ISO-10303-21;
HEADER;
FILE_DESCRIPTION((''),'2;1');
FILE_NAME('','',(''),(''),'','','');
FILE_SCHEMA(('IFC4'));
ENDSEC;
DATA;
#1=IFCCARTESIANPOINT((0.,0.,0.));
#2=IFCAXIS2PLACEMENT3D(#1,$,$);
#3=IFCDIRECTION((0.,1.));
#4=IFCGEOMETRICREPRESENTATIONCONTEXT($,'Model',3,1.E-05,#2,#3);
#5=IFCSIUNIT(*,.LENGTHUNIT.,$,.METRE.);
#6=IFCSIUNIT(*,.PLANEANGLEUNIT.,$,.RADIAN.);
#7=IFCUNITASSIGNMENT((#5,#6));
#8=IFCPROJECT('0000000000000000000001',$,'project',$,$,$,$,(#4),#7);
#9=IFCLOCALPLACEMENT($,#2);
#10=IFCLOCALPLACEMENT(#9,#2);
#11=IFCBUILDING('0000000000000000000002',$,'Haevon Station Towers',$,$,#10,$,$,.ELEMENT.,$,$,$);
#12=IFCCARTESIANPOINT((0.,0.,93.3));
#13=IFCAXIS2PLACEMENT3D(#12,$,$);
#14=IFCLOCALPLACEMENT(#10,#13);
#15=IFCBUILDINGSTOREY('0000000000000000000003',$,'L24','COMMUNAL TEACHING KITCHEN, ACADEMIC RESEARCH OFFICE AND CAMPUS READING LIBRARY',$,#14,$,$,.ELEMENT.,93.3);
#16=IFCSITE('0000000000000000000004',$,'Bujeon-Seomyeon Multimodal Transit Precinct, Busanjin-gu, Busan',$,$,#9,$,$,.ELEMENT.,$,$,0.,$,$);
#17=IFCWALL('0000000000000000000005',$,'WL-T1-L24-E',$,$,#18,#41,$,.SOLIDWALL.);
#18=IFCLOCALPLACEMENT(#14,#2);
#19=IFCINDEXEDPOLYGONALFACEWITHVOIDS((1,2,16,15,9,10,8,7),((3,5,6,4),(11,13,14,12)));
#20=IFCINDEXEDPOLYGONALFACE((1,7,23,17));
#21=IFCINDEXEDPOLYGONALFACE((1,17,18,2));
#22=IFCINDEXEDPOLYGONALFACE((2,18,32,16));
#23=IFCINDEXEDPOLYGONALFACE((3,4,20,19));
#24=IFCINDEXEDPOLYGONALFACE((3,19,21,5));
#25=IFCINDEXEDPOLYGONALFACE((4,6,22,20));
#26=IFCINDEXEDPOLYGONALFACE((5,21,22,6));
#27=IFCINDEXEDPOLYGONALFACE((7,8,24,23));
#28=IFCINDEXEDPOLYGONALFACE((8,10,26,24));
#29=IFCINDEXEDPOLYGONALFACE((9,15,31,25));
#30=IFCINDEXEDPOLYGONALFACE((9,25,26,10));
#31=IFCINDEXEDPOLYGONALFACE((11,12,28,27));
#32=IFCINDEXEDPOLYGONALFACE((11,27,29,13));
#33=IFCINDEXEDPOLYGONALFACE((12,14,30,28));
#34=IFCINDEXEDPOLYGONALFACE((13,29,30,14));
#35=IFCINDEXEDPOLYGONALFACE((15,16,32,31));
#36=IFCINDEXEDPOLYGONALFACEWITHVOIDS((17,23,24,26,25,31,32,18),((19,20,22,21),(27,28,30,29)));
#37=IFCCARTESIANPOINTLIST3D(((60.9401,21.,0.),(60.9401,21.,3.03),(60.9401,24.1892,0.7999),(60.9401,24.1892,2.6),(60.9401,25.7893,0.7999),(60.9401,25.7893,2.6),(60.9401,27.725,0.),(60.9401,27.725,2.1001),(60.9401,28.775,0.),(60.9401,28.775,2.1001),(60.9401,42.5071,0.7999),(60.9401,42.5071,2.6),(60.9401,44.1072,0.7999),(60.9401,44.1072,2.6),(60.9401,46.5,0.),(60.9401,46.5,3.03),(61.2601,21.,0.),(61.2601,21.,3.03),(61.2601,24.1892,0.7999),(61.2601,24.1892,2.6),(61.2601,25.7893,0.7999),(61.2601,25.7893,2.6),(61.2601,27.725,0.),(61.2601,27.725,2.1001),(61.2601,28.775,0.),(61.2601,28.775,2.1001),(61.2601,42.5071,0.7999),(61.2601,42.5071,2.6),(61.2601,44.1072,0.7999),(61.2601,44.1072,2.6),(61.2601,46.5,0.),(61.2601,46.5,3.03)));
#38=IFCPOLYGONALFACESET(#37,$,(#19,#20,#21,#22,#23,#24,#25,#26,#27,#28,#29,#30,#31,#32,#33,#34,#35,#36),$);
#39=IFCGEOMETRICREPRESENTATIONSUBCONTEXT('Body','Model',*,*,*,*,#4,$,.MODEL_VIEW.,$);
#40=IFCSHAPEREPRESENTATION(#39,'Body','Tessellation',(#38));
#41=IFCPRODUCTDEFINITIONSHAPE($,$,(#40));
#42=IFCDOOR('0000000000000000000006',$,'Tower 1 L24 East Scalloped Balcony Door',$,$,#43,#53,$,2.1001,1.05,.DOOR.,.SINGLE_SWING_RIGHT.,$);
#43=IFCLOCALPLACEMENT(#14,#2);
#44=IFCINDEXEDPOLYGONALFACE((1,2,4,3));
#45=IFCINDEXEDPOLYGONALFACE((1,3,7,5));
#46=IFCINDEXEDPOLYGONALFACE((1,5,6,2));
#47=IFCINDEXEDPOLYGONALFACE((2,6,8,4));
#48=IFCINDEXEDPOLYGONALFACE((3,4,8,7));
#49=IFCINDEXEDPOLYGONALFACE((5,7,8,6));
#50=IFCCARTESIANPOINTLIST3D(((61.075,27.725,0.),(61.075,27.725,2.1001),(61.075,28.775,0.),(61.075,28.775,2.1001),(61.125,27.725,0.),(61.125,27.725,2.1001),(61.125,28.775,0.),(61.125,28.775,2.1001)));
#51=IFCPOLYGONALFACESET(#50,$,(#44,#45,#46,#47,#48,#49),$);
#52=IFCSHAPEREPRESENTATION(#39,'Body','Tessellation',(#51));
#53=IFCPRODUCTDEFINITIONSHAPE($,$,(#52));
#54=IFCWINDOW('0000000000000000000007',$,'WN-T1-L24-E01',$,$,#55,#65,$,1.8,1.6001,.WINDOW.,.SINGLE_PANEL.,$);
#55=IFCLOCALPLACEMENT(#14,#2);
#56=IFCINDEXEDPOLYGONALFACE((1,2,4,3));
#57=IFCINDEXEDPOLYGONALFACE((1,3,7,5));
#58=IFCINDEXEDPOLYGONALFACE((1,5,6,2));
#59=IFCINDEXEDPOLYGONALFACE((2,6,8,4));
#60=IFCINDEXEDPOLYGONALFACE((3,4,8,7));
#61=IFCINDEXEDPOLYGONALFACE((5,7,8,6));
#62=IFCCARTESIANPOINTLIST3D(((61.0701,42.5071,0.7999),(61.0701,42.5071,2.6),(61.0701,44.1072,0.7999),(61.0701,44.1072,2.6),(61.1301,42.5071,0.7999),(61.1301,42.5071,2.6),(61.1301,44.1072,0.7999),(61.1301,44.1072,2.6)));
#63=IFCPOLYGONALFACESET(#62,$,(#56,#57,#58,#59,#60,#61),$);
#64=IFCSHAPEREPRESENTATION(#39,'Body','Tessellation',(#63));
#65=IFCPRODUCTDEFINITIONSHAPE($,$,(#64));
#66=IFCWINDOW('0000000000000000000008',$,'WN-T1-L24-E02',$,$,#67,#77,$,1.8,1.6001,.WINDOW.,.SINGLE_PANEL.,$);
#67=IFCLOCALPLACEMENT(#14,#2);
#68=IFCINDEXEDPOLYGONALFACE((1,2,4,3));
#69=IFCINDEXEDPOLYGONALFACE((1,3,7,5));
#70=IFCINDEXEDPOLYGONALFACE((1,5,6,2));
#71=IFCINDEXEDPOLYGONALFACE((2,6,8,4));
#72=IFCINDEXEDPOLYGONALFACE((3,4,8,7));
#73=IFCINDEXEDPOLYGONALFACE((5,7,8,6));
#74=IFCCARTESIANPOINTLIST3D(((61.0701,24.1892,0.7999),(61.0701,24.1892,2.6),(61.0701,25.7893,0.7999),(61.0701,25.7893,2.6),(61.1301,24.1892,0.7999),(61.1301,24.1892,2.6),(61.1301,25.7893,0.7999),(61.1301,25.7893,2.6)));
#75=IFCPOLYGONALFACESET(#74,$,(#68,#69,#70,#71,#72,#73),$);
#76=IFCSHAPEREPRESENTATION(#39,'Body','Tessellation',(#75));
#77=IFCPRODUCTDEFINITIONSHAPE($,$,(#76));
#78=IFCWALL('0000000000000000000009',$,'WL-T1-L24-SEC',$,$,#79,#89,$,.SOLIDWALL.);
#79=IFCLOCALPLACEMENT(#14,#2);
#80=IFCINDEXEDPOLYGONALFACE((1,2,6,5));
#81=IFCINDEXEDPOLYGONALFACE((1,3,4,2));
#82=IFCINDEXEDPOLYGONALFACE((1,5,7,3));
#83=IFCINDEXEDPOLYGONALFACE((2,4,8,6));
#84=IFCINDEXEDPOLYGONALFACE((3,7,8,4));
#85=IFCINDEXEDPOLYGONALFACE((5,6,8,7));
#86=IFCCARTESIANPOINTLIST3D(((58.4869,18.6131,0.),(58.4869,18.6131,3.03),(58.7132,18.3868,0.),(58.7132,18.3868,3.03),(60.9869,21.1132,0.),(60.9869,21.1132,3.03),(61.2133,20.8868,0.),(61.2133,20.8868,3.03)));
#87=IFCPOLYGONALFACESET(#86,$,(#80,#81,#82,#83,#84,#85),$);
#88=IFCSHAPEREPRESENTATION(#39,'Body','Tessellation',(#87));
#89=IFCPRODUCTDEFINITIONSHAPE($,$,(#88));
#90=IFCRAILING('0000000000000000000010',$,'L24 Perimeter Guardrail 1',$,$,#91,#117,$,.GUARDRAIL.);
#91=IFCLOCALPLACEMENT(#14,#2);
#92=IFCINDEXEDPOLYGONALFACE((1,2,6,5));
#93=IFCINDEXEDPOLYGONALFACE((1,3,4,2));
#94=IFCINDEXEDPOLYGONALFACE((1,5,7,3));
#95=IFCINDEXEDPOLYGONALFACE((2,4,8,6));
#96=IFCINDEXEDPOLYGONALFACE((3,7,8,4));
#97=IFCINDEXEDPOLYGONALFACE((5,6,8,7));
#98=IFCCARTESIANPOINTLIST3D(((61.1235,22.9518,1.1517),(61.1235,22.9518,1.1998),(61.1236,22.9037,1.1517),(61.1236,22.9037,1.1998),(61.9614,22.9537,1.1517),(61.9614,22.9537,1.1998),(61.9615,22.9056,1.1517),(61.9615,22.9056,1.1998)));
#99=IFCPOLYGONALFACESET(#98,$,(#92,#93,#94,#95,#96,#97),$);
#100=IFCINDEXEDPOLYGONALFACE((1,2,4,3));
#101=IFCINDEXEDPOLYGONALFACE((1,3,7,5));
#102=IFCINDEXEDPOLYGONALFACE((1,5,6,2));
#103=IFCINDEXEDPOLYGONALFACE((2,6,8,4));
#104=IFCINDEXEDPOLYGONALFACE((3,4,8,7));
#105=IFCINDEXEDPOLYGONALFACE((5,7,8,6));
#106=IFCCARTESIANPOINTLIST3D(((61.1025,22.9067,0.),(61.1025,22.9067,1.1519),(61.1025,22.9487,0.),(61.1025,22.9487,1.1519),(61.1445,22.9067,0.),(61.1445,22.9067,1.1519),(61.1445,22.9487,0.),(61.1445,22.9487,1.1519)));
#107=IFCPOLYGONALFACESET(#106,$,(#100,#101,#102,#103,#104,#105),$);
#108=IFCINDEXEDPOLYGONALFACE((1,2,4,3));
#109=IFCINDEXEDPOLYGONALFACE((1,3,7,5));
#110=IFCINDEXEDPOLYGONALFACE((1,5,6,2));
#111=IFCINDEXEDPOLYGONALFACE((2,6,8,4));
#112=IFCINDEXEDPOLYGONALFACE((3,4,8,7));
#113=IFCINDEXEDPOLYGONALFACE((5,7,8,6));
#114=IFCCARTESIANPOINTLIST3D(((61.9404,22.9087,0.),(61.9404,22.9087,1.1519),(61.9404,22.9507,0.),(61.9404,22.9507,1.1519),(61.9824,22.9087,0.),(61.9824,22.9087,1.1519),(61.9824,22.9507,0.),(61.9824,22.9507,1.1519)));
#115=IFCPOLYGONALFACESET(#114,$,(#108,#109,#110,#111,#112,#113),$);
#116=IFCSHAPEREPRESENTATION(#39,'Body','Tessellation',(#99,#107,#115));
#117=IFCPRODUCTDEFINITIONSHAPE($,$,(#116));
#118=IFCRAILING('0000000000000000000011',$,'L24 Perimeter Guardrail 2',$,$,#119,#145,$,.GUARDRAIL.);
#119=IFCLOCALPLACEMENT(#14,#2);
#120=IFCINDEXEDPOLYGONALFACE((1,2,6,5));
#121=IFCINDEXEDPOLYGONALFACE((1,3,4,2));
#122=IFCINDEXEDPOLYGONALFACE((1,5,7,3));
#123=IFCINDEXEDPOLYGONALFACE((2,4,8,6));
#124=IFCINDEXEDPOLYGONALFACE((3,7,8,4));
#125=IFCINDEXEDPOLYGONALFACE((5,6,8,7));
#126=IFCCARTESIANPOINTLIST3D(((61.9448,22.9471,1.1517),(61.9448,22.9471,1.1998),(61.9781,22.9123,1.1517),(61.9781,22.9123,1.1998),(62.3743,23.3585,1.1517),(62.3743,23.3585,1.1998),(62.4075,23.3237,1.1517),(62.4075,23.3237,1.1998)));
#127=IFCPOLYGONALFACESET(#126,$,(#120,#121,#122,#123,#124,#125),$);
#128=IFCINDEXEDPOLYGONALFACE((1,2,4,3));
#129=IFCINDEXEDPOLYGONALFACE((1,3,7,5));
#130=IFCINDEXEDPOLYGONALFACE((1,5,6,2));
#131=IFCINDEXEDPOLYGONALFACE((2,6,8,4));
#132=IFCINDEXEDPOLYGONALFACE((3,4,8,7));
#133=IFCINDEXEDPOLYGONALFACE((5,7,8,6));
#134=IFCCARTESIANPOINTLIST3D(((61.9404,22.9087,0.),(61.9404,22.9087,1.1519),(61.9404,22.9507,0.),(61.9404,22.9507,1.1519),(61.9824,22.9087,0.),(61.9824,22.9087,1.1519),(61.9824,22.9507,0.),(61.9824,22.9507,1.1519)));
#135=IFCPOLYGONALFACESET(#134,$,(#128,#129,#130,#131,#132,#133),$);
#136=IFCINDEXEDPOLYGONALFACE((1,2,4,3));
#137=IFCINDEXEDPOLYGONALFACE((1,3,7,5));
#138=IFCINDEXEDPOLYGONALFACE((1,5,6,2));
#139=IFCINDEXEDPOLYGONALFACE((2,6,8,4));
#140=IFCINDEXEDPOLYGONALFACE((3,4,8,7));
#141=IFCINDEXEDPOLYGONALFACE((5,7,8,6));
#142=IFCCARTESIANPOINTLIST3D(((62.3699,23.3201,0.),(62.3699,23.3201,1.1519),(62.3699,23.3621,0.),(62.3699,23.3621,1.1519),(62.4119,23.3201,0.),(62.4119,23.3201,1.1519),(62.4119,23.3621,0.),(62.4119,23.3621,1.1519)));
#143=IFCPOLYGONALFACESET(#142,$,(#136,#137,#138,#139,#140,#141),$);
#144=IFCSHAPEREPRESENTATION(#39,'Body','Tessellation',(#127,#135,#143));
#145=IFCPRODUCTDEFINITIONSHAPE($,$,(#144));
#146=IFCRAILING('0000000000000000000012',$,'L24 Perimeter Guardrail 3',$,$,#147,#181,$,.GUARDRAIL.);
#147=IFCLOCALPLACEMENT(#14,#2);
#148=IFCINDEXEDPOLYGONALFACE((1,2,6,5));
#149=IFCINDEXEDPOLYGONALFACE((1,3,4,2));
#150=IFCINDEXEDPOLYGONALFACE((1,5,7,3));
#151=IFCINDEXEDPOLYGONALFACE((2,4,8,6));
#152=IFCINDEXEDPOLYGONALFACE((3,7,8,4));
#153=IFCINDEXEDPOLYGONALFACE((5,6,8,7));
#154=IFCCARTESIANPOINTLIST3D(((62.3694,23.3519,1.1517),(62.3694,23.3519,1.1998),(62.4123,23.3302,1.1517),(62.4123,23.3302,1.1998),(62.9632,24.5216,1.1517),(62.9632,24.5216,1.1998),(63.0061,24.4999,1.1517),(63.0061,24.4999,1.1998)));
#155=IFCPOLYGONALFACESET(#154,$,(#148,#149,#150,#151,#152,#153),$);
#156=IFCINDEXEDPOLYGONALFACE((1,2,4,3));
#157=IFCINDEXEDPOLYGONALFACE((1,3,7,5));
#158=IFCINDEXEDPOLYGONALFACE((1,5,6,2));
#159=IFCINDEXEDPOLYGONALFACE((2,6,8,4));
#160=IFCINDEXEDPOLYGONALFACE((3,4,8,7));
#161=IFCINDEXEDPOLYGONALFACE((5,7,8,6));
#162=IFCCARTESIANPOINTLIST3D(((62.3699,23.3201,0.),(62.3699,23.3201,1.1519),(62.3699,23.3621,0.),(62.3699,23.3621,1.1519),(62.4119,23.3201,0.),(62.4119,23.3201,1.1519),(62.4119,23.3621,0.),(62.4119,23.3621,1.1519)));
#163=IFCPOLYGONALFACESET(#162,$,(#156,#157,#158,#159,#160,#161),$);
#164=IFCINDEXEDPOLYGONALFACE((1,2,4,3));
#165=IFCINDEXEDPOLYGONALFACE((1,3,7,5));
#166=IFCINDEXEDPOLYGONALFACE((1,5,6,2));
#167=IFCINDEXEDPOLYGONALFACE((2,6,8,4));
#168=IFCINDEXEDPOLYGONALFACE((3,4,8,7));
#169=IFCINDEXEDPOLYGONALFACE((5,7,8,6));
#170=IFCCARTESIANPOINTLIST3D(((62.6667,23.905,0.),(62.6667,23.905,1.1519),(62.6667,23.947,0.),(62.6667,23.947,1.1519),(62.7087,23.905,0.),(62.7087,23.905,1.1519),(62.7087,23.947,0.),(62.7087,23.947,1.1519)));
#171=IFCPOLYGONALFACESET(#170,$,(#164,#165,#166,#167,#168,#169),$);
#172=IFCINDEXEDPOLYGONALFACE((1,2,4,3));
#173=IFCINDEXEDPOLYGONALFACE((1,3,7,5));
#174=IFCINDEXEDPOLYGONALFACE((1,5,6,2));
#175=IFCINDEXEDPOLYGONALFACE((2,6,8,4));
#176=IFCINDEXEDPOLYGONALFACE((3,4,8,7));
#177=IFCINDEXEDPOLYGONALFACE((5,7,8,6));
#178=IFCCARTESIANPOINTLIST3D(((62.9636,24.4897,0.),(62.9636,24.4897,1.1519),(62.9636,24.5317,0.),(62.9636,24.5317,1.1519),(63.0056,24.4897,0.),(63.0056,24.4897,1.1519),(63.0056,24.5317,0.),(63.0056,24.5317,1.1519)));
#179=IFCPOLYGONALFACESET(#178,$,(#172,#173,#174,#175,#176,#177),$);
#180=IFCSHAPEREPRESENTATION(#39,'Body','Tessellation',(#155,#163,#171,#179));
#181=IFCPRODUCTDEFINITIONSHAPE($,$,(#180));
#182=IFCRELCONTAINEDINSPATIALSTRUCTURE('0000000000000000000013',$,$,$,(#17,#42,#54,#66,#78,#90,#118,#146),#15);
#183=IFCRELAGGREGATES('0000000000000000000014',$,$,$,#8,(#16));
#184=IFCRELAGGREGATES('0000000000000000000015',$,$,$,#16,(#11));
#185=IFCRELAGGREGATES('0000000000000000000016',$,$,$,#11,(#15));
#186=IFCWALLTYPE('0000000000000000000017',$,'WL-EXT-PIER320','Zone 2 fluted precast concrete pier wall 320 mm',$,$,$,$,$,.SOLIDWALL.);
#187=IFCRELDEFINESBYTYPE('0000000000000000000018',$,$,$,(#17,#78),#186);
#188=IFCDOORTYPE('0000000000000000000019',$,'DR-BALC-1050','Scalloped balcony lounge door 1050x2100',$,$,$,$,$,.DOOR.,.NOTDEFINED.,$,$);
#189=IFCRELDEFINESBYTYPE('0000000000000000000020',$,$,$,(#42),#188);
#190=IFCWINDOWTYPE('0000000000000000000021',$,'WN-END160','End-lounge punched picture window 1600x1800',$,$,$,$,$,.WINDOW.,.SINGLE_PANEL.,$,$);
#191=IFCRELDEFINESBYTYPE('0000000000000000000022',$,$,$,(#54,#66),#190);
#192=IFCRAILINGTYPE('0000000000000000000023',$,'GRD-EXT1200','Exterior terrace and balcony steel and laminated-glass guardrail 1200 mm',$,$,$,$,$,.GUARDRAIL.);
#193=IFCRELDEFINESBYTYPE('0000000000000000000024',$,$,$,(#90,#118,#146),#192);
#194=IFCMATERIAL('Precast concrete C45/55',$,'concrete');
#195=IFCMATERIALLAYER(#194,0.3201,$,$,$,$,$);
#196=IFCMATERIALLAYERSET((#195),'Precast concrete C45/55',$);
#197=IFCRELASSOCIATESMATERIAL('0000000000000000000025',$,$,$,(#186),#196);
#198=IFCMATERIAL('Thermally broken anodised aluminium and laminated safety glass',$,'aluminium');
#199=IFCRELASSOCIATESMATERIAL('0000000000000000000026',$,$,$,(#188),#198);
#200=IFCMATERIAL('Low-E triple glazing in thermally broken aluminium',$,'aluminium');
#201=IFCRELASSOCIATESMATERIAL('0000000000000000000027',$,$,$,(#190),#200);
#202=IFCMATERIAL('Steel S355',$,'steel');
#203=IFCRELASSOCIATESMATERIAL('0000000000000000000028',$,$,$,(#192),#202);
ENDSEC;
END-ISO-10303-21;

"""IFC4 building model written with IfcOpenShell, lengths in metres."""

from ifc_helpers import new_model, si_unit, direction, frame, frame_2d, origin, origin_2d, place, context, subcontext, project, spatial, rectangle, extrude, material, layer, layer_set, type_object, element, fill, save


model = new_model("IFC4")

# Units and contexts
model_context = context("Model", 3, precision=1e-05, world=origin(), true_north=direction((0.0, 1.0)))
body_context = subcontext(model_context, "Body", "Model", "MODEL_VIEW")
ifc_project = project(units=[si_unit("LENGTHUNIT", "METRE"), si_unit("PLANEANGLEUNIT", "RADIAN")], contexts=[model_context])

# Site, building, storey
site_placement = place(None, origin())
site = spatial("IfcSite", under=ifc_project, at=site_placement, Name="Bujeon-Seomyeon Multimodal Transit Precinct, Busanjin-gu, Busan", CompositionType="ELEMENT", RefElevation=0.0)
building_placement = place(site_placement, origin())
building = spatial("IfcBuilding", under=site, at=building_placement, Name="Haevon Station Towers", CompositionType="ELEMENT")
storey_placement = place(building_placement, frame((0.0, 0.0, 93.3)))
storey = spatial("IfcBuildingStorey", under=building, at=storey_placement, Name="L24", Description="COMMUNAL TEACHING KITCHEN, ACADEMIC RESEARCH OFFICE AND CAMPUS READING LIBRARY", CompositionType="ELEMENT", Elevation=93.3)

# Shared definitions
ifc_material_1 = material(Name="Steel S355", Category="steel")

# Shared definitions
ifc_material_2 = material(Name="Precast concrete C45/55", Category="concrete")
ifc_layer_1 = layer(ifc_material_2, 0.3201)
ifc_layer_set_1 = layer_set([ifc_layer_1], Name="Precast concrete C45/55")
wall_type = type_object("IfcWallType", Name="WL-EXT-PIER320", Description="Zone 2 fluted precast concrete pier wall 320 mm", PredefinedType="SOLIDWALL", material=ifc_layer_set_1)
ifc_material_3 = material(Name="Thermally broken anodised aluminium and laminated safety glass", Category="aluminium")
ifc_material_4 = material(Name="Low-E triple glazing in thermally broken aluminium", Category="aluminium")

# Wall, openings, door, windows
wall_1_placement = place(storey_placement, frame((61.1001, 46.5, 0.0), z_axis=(0.0, 0.0, 1.0), x_axis=(0.0, -1.0, 0.0)))
wall_1 = element("IfcWall", 1, at=wall_1_placement, inside=storey, type_object=wall_type, Name="WL-T1-L24-E", PredefinedType="SOLIDWALL", context=body_context, shape_type="SweptSolid", body=[
    extrude(rectangle(XDim=25.5, YDim=0.3201, at=frame_2d((12.75, 0.0))), origin(), (0.0, 0.0, 1.0), 3.03),
])
opening_1_placement = place(wall_1_placement, frame((17.7251, 0.0, 0.0)))
opening_1 = element("IfcOpeningElement", 2, at=opening_1_placement, cuts=wall_1, PredefinedType="OPENING", context=body_context, shape_type="SweptSolid", body=[
    extrude(rectangle(XDim=1.05, YDim=2.1001, at=frame_2d((0.5249, 1.05))), frame((0.0, 0.1699, 0.0), z_axis=(0.0, -1.0, 0.0), x_axis=(1.0, 0.0, 0.0)), (0.0, 0.0, 1.0), 0.3401),
])
opening_2_placement = place(wall_1_placement, frame((2.3928, 0.0, 0.8)))
opening_2 = element("IfcOpeningElement", 3, at=opening_2_placement, cuts=wall_1, PredefinedType="OPENING", context=body_context, shape_type="SweptSolid", body=[
    extrude(rectangle(XDim=1.6001, YDim=1.8, at=frame_2d((0.8, 0.8999))), frame((0.0, 0.1699, 0.0), z_axis=(0.0, -1.0, 0.0), x_axis=(1.0, 0.0, 0.0)), (0.0, 0.0, 1.0), 0.3401),
])
opening_3_placement = place(wall_1_placement, frame((20.7107, 0.0, 0.8)))
opening_3 = element("IfcOpeningElement", 4, at=opening_3_placement, cuts=wall_1, PredefinedType="OPENING", context=body_context, shape_type="SweptSolid", body=[
    extrude(rectangle(XDim=1.6001, YDim=1.8, at=frame_2d((0.8, 0.8999))), frame((0.0, 0.1699, 0.0), z_axis=(0.0, -1.0, 0.0), x_axis=(1.0, 0.0, 0.0)), (0.0, 0.0, 1.0), 0.3401),
])
door_type_1 = type_object("IfcDoorType", Name="DR-BALC-1050", Description="Scalloped balcony lounge door 1050x2100", OperationType="NOTDEFINED", PredefinedType="DOOR", material=ifc_material_3)
door_1_placement = place(opening_1_placement, origin())
door_1 = element("IfcDoor", 5, at=door_1_placement, inside=storey, type_object=door_type_1, Name="Tower 1 L24 East Scalloped Balcony Door", OperationType="SINGLE_SWING_RIGHT", OverallHeight=2.1001, OverallWidth=1.05, PredefinedType="DOOR", context=body_context, shape_type="SweptSolid", body=[
    extrude(rectangle(XDim=1.05, YDim=2.1001, at=frame_2d((0.5249, 1.05))), frame((0.0, 0.0249, 0.0), z_axis=(0.0, -1.0, 0.0), x_axis=(1.0, 0.0, 0.0)), (0.0, 0.0, 1.0), 0.05),
])
fill(opening_1, door_1)
window_type_1 = type_object("IfcWindowType", Name="WN-END160", Description="End-lounge punched picture window 1600x1800", PartitioningType="SINGLE_PANEL", PredefinedType="WINDOW", material=ifc_material_4)
window_1_placement = place(opening_2_placement, origin())
window_1 = element("IfcWindow", 6, at=window_1_placement, inside=storey, type_object=window_type_1, Name="WN-T1-L24-E01", OverallHeight=1.8, OverallWidth=1.6001, PartitioningType="SINGLE_PANEL", PredefinedType="WINDOW", context=body_context, shape_type="SweptSolid", body=[
    extrude(rectangle(XDim=1.6001, YDim=1.8, at=frame_2d((0.8, 0.8999))), frame((0.0, 0.03, 0.0), z_axis=(0.0, -1.0, 0.0), x_axis=(1.0, 0.0, 0.0)), (0.0, 0.0, 1.0), 0.0601),
])
fill(opening_2, window_1)
window_2_placement = place(opening_3_placement, origin())
window_2 = element("IfcWindow", 7, at=window_2_placement, inside=storey, type_object=window_type_1, Name="WN-T1-L24-E02", OverallHeight=1.8, OverallWidth=1.6001, PartitioningType="SINGLE_PANEL", PredefinedType="WINDOW", context=body_context, shape_type="SweptSolid", body=[
    extrude(rectangle(XDim=1.6001, YDim=1.8, at=frame_2d((0.8, 0.8999))), frame((0.0, 0.03, 0.0), z_axis=(0.0, -1.0, 0.0), x_axis=(1.0, 0.0, 0.0)), (0.0, 0.0, 1.0), 0.0601),
])
fill(opening_3, window_2)

# Wall
wall_2_placement = place(storey_placement, frame((61.1001, 21.0, 0.0), z_axis=(0.0, 0.0, 1.0), x_axis=(-0.707107, -0.707107, 0.0)))
element("IfcWall", 8, at=wall_2_placement, inside=storey, type_object=wall_type, Name="WL-T1-L24-SEC", PredefinedType="SOLIDWALL", context=body_context, shape_type="SweptSolid", body=[
    extrude(rectangle(XDim=3.5356, YDim=0.3201, at=frame_2d((1.7678, 0.0))), origin(), (0.0, 0.0, 1.0), 3.03),
])

# Railings
railing_type = type_object("IfcRailingType", Name="GRD-EXT1200", Description="Exterior terrace and balcony steel and laminated-glass guardrail 1200 mm", PredefinedType="GUARDRAIL", material=ifc_material_1)
railing_1_placement = place(storey_placement, frame((61.1235, 22.9277, 0.0)))
element("IfcRailing", 9, at=railing_1_placement, inside=storey, type_object=railing_type, Name="L24 Perimeter Guardrail 1", PredefinedType="GUARDRAIL", context=body_context, shape_type="SweptSolid", body=[
    extrude(rectangle(XDim=0.0481, YDim=0.0481, at=origin_2d()), frame((0.0, 0.0, 1.1758), z_axis=(0.999997, 0.002331, 0.0), x_axis=(-0.002331, 0.999997, 0.0)), (0.0, 0.0, 1.0), 0.8379),
    extrude(rectangle(XDim=0.042, YDim=0.042, at=origin_2d()), origin(), (0.0, 0.0, 1.0), 1.1519),
    extrude(rectangle(XDim=0.042, YDim=0.042, at=origin_2d()), frame((0.8379, 0.002, 0.0)), (0.0, 0.0, 1.0), 1.1519),
])
railing_2_placement = place(storey_placement, frame((61.9614, 22.9297, 0.0)))
element("IfcRailing", 10, at=railing_2_placement, inside=storey, type_object=railing_type, Name="L24 Perimeter Guardrail 2", PredefinedType="GUARDRAIL", context=body_context, shape_type="SweptSolid", body=[
    extrude(rectangle(XDim=0.0481, YDim=0.0481, at=origin_2d()), frame((0.0, 0.0, 1.1758), z_axis=(0.722133, 0.691754, 0.0), x_axis=(-0.691754, 0.722133, 0.0)), (0.0, 0.0, 1.0), 0.5947),
    extrude(rectangle(XDim=0.042, YDim=0.042, at=origin_2d()), origin(), (0.0, 0.0, 1.0), 1.1519),
    extrude(rectangle(XDim=0.042, YDim=0.042, at=origin_2d()), frame((0.4294, 0.4114, 0.0)), (0.0, 0.0, 1.0), 1.1519),
])
railing_3_placement = place(storey_placement, frame((62.3909, 23.3411, 0.0)))
element("IfcRailing", 11, at=railing_3_placement, inside=storey, type_object=railing_type, Name="L24 Perimeter Guardrail 3", PredefinedType="GUARDRAIL", context=body_context, shape_type="SweptSolid", body=[
    extrude(rectangle(XDim=0.0481, YDim=0.0481, at=origin_2d()), frame((0.0, 0.0, 1.1758), z_axis=(0.45264, 0.891693, 0.0), x_axis=(-0.891693, 0.45264, 0.0)), (0.0, 0.0, 1.0), 1.3118),
    extrude(rectangle(XDim=0.042, YDim=0.042, at=origin_2d()), origin(), (0.0, 0.0, 1.0), 1.1519),
    extrude(rectangle(XDim=0.042, YDim=0.042, at=origin_2d()), frame((0.2969, 0.585, 0.0)), (0.0, 0.0, 1.0), 1.1519),
    extrude(rectangle(XDim=0.042, YDim=0.042, at=origin_2d()), frame((0.5938, 1.1697, 0.0)), (0.0, 0.0, 1.0), 1.1519),
])

save(model, "model.ifc")
